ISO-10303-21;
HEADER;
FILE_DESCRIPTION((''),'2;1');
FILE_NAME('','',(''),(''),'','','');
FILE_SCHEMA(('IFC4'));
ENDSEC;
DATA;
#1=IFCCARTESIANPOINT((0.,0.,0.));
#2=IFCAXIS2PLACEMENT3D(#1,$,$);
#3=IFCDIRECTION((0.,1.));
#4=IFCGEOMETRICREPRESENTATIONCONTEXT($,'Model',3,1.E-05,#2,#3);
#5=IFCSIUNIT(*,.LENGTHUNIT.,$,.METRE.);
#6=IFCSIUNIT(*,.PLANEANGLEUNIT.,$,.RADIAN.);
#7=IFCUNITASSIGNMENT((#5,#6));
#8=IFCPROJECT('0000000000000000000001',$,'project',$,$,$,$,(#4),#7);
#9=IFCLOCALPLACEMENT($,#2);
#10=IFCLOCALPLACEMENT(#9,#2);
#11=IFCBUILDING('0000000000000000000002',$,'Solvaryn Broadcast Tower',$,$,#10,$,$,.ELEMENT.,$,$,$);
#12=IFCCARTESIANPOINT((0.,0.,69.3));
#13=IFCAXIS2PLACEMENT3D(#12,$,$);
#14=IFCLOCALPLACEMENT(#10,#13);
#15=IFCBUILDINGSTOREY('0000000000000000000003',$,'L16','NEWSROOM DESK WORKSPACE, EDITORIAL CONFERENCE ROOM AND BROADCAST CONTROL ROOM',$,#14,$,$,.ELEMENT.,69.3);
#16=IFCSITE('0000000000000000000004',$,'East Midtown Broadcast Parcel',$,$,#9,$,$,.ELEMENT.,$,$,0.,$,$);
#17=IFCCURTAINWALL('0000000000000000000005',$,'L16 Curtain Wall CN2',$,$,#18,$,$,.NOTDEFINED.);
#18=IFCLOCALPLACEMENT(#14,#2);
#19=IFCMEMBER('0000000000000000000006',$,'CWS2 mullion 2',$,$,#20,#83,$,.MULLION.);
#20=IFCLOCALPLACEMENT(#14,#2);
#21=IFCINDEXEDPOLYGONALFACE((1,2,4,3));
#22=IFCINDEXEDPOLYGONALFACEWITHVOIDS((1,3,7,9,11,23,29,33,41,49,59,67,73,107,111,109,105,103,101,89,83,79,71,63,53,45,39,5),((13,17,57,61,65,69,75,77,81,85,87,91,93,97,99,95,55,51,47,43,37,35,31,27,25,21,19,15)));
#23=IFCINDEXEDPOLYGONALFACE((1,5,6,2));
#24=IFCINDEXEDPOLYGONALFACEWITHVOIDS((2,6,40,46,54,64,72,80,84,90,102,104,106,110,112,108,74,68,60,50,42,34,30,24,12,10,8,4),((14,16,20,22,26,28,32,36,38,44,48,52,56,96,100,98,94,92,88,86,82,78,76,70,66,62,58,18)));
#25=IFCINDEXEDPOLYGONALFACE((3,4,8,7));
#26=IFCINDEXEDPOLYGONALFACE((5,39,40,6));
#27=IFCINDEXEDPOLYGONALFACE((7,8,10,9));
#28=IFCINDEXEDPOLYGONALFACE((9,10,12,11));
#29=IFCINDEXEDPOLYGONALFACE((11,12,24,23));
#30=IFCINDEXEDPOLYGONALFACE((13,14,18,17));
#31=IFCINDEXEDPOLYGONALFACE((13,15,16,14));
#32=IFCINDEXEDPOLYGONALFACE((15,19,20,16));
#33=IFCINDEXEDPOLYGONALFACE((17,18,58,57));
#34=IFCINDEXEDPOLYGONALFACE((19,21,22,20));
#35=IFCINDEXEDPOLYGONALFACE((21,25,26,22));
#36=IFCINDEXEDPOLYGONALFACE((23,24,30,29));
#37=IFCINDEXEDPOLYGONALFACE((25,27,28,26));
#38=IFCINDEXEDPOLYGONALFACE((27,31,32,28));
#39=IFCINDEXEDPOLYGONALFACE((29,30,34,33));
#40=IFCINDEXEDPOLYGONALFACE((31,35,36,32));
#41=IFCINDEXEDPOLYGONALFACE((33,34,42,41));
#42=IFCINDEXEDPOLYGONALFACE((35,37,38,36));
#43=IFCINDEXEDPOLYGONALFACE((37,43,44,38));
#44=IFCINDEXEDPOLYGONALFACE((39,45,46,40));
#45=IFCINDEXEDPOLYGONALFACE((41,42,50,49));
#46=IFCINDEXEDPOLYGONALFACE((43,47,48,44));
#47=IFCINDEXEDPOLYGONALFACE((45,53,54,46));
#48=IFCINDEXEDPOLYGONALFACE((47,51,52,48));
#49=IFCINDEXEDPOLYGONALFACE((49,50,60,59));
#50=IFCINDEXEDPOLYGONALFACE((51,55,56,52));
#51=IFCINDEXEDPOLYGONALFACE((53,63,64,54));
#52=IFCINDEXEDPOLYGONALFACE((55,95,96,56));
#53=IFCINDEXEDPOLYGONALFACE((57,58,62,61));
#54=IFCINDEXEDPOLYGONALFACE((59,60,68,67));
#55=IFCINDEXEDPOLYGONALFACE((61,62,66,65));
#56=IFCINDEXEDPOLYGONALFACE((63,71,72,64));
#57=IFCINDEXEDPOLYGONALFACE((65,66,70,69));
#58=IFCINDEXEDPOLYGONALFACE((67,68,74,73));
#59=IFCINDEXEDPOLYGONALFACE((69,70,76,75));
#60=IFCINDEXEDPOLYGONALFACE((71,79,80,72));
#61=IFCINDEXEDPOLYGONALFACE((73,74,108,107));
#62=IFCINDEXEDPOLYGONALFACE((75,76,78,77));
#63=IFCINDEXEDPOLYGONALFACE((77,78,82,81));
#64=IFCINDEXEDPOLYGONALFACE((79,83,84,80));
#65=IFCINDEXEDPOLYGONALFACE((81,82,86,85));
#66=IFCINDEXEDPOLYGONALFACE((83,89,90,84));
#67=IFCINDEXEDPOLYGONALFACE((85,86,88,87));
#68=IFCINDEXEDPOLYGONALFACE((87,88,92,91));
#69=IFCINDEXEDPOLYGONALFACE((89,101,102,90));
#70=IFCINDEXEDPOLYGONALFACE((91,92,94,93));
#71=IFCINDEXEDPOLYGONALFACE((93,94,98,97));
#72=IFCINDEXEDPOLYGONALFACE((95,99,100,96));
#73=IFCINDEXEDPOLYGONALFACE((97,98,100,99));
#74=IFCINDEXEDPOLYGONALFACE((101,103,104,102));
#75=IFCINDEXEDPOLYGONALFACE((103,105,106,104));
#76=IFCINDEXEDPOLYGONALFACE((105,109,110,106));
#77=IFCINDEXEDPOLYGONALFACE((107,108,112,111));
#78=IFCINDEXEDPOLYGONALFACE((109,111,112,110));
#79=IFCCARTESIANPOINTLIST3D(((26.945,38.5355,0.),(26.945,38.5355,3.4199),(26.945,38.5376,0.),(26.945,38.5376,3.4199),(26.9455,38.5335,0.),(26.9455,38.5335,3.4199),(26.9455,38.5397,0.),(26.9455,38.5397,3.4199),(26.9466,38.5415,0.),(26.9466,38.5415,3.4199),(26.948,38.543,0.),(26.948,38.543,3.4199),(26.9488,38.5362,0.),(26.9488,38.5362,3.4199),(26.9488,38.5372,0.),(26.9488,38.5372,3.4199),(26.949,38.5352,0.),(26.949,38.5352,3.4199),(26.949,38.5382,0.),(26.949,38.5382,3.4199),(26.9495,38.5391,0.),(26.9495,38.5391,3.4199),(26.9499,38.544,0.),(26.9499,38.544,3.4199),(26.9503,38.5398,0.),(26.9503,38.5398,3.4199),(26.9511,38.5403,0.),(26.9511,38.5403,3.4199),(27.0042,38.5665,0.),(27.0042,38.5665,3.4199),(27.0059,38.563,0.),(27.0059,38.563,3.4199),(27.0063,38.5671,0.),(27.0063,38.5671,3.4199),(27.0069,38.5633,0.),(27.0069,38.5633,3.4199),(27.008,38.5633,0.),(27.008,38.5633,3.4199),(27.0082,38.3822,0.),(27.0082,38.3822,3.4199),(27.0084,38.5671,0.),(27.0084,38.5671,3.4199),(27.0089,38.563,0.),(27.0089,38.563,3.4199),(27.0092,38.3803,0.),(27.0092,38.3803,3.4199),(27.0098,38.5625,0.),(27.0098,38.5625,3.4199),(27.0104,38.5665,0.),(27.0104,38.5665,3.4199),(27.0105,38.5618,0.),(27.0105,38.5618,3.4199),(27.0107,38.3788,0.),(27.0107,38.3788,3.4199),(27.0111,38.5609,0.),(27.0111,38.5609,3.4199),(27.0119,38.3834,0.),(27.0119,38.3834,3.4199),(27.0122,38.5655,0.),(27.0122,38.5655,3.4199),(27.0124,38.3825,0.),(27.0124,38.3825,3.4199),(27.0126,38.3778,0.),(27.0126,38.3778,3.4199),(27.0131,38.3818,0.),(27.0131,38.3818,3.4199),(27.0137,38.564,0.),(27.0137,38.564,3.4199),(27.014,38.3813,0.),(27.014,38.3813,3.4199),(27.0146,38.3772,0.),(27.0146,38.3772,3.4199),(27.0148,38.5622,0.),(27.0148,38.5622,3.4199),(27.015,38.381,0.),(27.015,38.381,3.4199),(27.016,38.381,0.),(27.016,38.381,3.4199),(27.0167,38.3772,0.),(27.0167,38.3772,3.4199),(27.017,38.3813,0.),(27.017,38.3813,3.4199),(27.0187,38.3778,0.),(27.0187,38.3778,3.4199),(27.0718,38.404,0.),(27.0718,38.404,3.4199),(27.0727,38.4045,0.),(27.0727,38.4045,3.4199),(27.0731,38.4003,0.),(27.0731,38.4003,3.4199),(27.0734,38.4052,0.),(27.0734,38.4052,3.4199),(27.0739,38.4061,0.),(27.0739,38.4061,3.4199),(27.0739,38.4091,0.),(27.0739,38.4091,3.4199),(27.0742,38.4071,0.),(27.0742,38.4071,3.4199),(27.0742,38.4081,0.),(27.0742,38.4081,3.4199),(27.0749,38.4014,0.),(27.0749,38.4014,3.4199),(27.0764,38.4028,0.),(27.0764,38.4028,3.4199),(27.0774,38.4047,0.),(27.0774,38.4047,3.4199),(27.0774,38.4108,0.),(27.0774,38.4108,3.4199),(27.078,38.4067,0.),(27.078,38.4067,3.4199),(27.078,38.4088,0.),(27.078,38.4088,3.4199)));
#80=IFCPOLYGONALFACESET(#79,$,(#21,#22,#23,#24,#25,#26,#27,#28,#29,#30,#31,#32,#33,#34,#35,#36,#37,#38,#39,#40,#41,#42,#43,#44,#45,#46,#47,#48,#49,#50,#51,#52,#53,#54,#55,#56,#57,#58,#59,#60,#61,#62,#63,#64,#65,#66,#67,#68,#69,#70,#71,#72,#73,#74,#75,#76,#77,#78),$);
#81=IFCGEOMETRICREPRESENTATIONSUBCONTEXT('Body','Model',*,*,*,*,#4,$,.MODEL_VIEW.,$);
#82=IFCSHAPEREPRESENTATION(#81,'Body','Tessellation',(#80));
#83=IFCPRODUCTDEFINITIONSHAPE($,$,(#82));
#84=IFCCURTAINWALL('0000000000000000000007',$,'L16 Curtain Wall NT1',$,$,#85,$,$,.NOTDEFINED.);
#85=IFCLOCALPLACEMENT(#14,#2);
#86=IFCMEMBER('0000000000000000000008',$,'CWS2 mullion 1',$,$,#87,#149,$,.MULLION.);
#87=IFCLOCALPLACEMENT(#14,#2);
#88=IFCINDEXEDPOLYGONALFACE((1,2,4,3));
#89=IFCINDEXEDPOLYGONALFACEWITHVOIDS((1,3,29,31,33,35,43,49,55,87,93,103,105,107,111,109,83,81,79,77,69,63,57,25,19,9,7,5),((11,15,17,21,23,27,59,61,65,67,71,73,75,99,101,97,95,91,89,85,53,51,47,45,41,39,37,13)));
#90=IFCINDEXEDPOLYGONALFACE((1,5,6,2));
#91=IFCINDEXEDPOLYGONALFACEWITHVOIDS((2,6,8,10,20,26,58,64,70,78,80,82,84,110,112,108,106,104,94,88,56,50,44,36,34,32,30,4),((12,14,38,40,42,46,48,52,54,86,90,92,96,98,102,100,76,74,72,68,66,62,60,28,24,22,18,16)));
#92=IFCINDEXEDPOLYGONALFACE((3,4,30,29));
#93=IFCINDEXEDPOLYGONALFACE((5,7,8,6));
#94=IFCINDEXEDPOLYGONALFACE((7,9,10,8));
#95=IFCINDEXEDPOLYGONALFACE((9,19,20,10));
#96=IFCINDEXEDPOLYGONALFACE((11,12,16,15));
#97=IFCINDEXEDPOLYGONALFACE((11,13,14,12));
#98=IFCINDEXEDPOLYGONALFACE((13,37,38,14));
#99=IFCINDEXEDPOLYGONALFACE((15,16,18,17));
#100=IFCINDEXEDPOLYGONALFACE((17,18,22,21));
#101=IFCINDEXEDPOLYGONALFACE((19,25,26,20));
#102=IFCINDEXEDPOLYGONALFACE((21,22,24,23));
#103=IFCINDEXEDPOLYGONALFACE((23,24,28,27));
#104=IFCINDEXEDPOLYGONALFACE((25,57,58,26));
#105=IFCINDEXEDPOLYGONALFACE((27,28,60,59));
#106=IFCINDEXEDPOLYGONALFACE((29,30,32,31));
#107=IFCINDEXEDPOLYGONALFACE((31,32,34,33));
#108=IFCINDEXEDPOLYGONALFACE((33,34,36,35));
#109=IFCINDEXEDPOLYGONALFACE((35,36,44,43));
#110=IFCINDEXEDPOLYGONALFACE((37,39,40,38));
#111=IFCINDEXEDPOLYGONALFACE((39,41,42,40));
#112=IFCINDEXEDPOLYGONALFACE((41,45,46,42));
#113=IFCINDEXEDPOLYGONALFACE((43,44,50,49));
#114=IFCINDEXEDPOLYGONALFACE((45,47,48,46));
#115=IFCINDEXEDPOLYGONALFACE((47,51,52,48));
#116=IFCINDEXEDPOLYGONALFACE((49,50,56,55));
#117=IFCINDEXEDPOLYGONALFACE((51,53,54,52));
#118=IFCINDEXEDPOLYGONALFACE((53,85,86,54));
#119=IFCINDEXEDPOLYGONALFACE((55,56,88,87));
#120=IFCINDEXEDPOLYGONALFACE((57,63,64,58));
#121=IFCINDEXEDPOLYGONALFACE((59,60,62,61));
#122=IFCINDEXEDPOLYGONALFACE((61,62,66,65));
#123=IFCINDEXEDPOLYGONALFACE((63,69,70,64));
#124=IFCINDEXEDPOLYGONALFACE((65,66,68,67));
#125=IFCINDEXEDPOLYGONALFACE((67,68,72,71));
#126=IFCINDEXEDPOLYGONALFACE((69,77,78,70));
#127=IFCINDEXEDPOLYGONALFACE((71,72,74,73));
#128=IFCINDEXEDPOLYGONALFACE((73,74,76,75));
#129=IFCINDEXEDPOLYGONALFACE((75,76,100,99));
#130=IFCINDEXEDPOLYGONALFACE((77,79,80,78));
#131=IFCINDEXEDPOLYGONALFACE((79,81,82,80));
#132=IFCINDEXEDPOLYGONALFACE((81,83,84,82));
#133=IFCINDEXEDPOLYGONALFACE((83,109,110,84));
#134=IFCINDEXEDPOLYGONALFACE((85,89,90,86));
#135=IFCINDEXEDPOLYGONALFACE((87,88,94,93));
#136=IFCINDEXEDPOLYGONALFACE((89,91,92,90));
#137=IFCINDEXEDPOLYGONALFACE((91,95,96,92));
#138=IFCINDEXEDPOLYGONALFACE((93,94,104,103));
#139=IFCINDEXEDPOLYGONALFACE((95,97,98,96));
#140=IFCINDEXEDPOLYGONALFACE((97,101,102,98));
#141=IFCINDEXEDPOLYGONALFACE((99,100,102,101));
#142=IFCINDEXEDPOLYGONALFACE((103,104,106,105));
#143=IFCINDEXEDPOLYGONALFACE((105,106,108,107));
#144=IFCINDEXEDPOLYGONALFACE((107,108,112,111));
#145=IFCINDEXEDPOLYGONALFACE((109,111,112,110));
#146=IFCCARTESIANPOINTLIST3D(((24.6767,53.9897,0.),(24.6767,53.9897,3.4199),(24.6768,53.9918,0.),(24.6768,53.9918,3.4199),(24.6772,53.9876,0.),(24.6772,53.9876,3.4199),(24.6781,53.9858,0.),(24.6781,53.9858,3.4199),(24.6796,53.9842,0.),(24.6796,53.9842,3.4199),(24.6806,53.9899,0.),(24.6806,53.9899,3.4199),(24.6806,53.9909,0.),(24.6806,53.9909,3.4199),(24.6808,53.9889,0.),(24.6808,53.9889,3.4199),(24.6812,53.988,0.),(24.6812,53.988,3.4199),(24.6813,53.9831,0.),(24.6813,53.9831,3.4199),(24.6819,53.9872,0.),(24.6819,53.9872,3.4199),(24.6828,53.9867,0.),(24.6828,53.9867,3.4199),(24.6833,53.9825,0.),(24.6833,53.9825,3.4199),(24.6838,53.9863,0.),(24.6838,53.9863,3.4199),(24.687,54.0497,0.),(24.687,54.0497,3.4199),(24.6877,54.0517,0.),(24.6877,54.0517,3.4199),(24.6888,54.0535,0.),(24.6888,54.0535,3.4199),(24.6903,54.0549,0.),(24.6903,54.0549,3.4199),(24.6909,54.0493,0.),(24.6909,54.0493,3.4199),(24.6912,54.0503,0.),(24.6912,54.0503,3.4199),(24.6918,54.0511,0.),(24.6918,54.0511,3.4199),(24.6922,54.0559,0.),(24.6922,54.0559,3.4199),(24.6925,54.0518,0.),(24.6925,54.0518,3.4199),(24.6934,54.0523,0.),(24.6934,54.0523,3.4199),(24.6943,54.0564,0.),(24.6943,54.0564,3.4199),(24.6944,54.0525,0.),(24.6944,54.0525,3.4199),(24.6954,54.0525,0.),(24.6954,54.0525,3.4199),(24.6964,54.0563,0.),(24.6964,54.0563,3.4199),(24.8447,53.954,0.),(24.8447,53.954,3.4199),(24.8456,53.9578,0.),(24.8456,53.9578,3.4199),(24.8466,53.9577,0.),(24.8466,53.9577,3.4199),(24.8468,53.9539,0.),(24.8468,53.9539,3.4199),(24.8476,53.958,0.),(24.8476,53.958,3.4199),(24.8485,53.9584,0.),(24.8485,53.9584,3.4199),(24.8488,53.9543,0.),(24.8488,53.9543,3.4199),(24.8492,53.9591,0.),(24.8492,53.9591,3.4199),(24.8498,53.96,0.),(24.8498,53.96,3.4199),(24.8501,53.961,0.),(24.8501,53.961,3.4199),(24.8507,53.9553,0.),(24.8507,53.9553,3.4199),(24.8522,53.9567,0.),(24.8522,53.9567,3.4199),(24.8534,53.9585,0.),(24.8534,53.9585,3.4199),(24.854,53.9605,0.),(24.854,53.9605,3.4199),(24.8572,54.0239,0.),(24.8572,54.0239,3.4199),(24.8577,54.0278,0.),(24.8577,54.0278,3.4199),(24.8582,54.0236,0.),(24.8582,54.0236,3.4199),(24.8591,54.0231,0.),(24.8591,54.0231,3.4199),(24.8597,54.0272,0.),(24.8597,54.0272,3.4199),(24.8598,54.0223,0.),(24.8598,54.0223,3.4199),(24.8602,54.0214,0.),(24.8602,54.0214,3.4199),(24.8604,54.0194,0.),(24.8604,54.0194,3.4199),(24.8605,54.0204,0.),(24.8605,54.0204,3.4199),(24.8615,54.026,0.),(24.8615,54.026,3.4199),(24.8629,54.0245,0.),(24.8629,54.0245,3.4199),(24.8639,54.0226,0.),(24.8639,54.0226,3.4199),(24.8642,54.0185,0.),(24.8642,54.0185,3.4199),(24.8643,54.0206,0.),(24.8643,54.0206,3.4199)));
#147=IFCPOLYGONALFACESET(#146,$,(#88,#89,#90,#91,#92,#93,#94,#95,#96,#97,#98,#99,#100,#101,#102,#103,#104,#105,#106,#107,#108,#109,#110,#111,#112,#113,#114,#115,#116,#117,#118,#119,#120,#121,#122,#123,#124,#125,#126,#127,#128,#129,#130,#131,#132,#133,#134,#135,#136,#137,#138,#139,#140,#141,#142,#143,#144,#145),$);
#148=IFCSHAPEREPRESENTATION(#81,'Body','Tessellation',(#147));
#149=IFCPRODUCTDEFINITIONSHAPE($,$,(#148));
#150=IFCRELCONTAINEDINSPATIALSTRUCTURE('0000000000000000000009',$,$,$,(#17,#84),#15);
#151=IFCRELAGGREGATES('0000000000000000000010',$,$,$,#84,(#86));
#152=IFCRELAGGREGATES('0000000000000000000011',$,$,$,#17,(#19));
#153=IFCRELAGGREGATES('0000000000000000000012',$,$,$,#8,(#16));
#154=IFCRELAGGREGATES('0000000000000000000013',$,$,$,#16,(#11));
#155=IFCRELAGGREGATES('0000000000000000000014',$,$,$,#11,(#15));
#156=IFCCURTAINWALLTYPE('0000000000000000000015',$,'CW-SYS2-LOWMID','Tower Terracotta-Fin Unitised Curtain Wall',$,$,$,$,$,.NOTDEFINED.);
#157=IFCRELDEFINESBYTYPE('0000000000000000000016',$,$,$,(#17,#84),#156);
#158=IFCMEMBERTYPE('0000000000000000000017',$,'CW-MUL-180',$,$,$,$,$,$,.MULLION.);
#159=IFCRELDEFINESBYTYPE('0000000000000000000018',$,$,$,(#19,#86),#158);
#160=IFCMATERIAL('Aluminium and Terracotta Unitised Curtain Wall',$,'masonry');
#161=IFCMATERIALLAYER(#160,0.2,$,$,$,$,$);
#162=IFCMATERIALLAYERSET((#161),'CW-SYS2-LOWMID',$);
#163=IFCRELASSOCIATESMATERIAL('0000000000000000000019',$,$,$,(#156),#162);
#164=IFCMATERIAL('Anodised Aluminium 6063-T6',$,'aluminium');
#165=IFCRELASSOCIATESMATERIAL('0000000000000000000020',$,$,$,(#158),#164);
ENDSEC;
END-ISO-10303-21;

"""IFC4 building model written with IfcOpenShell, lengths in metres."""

from ifc_helpers import new_model, si_unit, direction, frame, origin, origin_2d, place, context, subcontext, project, spatial, hollow_rectangle, extrude, material, layer, layer_set, material_profile, profile_set, type_object, element, aggregate, save


model = new_model("IFC4")

# Units and contexts
model_context = context("Model", 3, precision=1e-05, world=origin(), true_north=direction((0.0, 1.0)))
body_context = subcontext(model_context, "Body", "Model", "MODEL_VIEW")
ifc_project = project(units=[si_unit("LENGTHUNIT", "METRE"), si_unit("PLANEANGLEUNIT", "RADIAN")], contexts=[model_context])

# Site, building, storey
site_placement = place(None, origin())
site = spatial("IfcSite", under=ifc_project, at=site_placement, Name="East Midtown Broadcast Parcel", CompositionType="ELEMENT", RefElevation=0.0)
building_placement = place(site_placement, origin())
building = spatial("IfcBuilding", under=site, at=building_placement, Name="Solvaryn Broadcast Tower", CompositionType="ELEMENT")
storey_placement = place(building_placement, frame((0.0, 0.0, 69.3)))
storey = spatial("IfcBuildingStorey", under=building, at=storey_placement, Name="L16", Description="NEWSROOM DESK WORKSPACE, EDITORIAL CONFERENCE ROOM AND BROADCAST CONTROL ROOM", CompositionType="ELEMENT", Elevation=69.3)

# Shared definitions
ifc_material_1 = material(Name="Aluminium and Terracotta Unitised Curtain Wall", Category="masonry")
ifc_layer_1 = layer(ifc_material_1, 0.2)
ifc_layer_set_1 = layer_set([ifc_layer_1], Name="CW-SYS2-LOWMID")
curtain_wall_type = type_object("IfcCurtainWallType", Name="CW-SYS2-LOWMID", Description="Tower Terracotta-Fin Unitised Curtain Wall", PredefinedType="NOTDEFINED", material=ifc_layer_set_1)
ifc_material_2 = material(Name="Anodised Aluminium 6063-T6", Category="aluminium")
ifc_material_profile_1 = material_profile(ifc_material_2, hollow_rectangle(XDim=0.075, YDim=0.1799, WallThickness=0.0039, InnerFilletRadius=0.0039, OuterFilletRadius=0.0081, at=origin_2d()))
ifc_profile_set_1 = profile_set([ifc_material_profile_1], Name="Anodised Aluminium 6063-T6")
member_type_1 = type_object("IfcMemberType", Name="CW-MUL-180", PredefinedType="MULLION", material=ifc_profile_set_1)

# Curtain walls, members
curtain_wall_1_placement = place(storey_placement, origin())
curtain_wall_1 = element("IfcCurtainWall", 1, at=curtain_wall_1_placement, inside=storey, type_object=curtain_wall_type, Name="L16 Curtain Wall CN2", PredefinedType="NOTDEFINED")
member_1_placement = place(storey_placement, frame((27.0115, 38.4722, 0.0), z_axis=(0.0, 0.0, 1.0), x_axis=(-0.923895, -0.382646, 0.0)))
member_1 = element("IfcMember", 2, at=member_1_placement, type_object=member_type_1, Name="CWS2 mullion 2", PredefinedType="MULLION", context=body_context, shape_type="SweptSolid", body=[
    extrude(hollow_rectangle(XDim=0.075, YDim=0.1799, WallThickness=0.0039, InnerFilletRadius=0.0039, OuterFilletRadius=0.0081, at=origin_2d()), origin(), (0.0, 0.0, 1.0), 3.4199),
])
curtain_wall_2_placement = place(storey_placement, origin())
curtain_wall_2 = element("IfcCurtainWall", 3, at=curtain_wall_2_placement, inside=storey, type_object=curtain_wall_type, Name="L16 Curtain Wall NT1", PredefinedType="NOTDEFINED")
member_2_placement = place(storey_placement, frame((24.7705, 54.0051, 0.0), z_axis=(0.0, 0.0, 1.0), x_axis=(-0.173785, -0.984784, 0.0)))
member_2 = element("IfcMember", 4, at=member_2_placement, type_object=member_type_1, Name="CWS2 mullion 1", PredefinedType="MULLION", context=body_context, shape_type="SweptSolid", body=[
    extrude(hollow_rectangle(XDim=0.075, YDim=0.1799, WallThickness=0.0039, InnerFilletRadius=0.0039, OuterFilletRadius=0.0081, at=origin_2d()), origin(), (0.0, 0.0, 1.0), 3.4199),
])

aggregate(curtain_wall_2, [member_2])

aggregate(curtain_wall_1, [member_1])

save(model, "model.ifc")
